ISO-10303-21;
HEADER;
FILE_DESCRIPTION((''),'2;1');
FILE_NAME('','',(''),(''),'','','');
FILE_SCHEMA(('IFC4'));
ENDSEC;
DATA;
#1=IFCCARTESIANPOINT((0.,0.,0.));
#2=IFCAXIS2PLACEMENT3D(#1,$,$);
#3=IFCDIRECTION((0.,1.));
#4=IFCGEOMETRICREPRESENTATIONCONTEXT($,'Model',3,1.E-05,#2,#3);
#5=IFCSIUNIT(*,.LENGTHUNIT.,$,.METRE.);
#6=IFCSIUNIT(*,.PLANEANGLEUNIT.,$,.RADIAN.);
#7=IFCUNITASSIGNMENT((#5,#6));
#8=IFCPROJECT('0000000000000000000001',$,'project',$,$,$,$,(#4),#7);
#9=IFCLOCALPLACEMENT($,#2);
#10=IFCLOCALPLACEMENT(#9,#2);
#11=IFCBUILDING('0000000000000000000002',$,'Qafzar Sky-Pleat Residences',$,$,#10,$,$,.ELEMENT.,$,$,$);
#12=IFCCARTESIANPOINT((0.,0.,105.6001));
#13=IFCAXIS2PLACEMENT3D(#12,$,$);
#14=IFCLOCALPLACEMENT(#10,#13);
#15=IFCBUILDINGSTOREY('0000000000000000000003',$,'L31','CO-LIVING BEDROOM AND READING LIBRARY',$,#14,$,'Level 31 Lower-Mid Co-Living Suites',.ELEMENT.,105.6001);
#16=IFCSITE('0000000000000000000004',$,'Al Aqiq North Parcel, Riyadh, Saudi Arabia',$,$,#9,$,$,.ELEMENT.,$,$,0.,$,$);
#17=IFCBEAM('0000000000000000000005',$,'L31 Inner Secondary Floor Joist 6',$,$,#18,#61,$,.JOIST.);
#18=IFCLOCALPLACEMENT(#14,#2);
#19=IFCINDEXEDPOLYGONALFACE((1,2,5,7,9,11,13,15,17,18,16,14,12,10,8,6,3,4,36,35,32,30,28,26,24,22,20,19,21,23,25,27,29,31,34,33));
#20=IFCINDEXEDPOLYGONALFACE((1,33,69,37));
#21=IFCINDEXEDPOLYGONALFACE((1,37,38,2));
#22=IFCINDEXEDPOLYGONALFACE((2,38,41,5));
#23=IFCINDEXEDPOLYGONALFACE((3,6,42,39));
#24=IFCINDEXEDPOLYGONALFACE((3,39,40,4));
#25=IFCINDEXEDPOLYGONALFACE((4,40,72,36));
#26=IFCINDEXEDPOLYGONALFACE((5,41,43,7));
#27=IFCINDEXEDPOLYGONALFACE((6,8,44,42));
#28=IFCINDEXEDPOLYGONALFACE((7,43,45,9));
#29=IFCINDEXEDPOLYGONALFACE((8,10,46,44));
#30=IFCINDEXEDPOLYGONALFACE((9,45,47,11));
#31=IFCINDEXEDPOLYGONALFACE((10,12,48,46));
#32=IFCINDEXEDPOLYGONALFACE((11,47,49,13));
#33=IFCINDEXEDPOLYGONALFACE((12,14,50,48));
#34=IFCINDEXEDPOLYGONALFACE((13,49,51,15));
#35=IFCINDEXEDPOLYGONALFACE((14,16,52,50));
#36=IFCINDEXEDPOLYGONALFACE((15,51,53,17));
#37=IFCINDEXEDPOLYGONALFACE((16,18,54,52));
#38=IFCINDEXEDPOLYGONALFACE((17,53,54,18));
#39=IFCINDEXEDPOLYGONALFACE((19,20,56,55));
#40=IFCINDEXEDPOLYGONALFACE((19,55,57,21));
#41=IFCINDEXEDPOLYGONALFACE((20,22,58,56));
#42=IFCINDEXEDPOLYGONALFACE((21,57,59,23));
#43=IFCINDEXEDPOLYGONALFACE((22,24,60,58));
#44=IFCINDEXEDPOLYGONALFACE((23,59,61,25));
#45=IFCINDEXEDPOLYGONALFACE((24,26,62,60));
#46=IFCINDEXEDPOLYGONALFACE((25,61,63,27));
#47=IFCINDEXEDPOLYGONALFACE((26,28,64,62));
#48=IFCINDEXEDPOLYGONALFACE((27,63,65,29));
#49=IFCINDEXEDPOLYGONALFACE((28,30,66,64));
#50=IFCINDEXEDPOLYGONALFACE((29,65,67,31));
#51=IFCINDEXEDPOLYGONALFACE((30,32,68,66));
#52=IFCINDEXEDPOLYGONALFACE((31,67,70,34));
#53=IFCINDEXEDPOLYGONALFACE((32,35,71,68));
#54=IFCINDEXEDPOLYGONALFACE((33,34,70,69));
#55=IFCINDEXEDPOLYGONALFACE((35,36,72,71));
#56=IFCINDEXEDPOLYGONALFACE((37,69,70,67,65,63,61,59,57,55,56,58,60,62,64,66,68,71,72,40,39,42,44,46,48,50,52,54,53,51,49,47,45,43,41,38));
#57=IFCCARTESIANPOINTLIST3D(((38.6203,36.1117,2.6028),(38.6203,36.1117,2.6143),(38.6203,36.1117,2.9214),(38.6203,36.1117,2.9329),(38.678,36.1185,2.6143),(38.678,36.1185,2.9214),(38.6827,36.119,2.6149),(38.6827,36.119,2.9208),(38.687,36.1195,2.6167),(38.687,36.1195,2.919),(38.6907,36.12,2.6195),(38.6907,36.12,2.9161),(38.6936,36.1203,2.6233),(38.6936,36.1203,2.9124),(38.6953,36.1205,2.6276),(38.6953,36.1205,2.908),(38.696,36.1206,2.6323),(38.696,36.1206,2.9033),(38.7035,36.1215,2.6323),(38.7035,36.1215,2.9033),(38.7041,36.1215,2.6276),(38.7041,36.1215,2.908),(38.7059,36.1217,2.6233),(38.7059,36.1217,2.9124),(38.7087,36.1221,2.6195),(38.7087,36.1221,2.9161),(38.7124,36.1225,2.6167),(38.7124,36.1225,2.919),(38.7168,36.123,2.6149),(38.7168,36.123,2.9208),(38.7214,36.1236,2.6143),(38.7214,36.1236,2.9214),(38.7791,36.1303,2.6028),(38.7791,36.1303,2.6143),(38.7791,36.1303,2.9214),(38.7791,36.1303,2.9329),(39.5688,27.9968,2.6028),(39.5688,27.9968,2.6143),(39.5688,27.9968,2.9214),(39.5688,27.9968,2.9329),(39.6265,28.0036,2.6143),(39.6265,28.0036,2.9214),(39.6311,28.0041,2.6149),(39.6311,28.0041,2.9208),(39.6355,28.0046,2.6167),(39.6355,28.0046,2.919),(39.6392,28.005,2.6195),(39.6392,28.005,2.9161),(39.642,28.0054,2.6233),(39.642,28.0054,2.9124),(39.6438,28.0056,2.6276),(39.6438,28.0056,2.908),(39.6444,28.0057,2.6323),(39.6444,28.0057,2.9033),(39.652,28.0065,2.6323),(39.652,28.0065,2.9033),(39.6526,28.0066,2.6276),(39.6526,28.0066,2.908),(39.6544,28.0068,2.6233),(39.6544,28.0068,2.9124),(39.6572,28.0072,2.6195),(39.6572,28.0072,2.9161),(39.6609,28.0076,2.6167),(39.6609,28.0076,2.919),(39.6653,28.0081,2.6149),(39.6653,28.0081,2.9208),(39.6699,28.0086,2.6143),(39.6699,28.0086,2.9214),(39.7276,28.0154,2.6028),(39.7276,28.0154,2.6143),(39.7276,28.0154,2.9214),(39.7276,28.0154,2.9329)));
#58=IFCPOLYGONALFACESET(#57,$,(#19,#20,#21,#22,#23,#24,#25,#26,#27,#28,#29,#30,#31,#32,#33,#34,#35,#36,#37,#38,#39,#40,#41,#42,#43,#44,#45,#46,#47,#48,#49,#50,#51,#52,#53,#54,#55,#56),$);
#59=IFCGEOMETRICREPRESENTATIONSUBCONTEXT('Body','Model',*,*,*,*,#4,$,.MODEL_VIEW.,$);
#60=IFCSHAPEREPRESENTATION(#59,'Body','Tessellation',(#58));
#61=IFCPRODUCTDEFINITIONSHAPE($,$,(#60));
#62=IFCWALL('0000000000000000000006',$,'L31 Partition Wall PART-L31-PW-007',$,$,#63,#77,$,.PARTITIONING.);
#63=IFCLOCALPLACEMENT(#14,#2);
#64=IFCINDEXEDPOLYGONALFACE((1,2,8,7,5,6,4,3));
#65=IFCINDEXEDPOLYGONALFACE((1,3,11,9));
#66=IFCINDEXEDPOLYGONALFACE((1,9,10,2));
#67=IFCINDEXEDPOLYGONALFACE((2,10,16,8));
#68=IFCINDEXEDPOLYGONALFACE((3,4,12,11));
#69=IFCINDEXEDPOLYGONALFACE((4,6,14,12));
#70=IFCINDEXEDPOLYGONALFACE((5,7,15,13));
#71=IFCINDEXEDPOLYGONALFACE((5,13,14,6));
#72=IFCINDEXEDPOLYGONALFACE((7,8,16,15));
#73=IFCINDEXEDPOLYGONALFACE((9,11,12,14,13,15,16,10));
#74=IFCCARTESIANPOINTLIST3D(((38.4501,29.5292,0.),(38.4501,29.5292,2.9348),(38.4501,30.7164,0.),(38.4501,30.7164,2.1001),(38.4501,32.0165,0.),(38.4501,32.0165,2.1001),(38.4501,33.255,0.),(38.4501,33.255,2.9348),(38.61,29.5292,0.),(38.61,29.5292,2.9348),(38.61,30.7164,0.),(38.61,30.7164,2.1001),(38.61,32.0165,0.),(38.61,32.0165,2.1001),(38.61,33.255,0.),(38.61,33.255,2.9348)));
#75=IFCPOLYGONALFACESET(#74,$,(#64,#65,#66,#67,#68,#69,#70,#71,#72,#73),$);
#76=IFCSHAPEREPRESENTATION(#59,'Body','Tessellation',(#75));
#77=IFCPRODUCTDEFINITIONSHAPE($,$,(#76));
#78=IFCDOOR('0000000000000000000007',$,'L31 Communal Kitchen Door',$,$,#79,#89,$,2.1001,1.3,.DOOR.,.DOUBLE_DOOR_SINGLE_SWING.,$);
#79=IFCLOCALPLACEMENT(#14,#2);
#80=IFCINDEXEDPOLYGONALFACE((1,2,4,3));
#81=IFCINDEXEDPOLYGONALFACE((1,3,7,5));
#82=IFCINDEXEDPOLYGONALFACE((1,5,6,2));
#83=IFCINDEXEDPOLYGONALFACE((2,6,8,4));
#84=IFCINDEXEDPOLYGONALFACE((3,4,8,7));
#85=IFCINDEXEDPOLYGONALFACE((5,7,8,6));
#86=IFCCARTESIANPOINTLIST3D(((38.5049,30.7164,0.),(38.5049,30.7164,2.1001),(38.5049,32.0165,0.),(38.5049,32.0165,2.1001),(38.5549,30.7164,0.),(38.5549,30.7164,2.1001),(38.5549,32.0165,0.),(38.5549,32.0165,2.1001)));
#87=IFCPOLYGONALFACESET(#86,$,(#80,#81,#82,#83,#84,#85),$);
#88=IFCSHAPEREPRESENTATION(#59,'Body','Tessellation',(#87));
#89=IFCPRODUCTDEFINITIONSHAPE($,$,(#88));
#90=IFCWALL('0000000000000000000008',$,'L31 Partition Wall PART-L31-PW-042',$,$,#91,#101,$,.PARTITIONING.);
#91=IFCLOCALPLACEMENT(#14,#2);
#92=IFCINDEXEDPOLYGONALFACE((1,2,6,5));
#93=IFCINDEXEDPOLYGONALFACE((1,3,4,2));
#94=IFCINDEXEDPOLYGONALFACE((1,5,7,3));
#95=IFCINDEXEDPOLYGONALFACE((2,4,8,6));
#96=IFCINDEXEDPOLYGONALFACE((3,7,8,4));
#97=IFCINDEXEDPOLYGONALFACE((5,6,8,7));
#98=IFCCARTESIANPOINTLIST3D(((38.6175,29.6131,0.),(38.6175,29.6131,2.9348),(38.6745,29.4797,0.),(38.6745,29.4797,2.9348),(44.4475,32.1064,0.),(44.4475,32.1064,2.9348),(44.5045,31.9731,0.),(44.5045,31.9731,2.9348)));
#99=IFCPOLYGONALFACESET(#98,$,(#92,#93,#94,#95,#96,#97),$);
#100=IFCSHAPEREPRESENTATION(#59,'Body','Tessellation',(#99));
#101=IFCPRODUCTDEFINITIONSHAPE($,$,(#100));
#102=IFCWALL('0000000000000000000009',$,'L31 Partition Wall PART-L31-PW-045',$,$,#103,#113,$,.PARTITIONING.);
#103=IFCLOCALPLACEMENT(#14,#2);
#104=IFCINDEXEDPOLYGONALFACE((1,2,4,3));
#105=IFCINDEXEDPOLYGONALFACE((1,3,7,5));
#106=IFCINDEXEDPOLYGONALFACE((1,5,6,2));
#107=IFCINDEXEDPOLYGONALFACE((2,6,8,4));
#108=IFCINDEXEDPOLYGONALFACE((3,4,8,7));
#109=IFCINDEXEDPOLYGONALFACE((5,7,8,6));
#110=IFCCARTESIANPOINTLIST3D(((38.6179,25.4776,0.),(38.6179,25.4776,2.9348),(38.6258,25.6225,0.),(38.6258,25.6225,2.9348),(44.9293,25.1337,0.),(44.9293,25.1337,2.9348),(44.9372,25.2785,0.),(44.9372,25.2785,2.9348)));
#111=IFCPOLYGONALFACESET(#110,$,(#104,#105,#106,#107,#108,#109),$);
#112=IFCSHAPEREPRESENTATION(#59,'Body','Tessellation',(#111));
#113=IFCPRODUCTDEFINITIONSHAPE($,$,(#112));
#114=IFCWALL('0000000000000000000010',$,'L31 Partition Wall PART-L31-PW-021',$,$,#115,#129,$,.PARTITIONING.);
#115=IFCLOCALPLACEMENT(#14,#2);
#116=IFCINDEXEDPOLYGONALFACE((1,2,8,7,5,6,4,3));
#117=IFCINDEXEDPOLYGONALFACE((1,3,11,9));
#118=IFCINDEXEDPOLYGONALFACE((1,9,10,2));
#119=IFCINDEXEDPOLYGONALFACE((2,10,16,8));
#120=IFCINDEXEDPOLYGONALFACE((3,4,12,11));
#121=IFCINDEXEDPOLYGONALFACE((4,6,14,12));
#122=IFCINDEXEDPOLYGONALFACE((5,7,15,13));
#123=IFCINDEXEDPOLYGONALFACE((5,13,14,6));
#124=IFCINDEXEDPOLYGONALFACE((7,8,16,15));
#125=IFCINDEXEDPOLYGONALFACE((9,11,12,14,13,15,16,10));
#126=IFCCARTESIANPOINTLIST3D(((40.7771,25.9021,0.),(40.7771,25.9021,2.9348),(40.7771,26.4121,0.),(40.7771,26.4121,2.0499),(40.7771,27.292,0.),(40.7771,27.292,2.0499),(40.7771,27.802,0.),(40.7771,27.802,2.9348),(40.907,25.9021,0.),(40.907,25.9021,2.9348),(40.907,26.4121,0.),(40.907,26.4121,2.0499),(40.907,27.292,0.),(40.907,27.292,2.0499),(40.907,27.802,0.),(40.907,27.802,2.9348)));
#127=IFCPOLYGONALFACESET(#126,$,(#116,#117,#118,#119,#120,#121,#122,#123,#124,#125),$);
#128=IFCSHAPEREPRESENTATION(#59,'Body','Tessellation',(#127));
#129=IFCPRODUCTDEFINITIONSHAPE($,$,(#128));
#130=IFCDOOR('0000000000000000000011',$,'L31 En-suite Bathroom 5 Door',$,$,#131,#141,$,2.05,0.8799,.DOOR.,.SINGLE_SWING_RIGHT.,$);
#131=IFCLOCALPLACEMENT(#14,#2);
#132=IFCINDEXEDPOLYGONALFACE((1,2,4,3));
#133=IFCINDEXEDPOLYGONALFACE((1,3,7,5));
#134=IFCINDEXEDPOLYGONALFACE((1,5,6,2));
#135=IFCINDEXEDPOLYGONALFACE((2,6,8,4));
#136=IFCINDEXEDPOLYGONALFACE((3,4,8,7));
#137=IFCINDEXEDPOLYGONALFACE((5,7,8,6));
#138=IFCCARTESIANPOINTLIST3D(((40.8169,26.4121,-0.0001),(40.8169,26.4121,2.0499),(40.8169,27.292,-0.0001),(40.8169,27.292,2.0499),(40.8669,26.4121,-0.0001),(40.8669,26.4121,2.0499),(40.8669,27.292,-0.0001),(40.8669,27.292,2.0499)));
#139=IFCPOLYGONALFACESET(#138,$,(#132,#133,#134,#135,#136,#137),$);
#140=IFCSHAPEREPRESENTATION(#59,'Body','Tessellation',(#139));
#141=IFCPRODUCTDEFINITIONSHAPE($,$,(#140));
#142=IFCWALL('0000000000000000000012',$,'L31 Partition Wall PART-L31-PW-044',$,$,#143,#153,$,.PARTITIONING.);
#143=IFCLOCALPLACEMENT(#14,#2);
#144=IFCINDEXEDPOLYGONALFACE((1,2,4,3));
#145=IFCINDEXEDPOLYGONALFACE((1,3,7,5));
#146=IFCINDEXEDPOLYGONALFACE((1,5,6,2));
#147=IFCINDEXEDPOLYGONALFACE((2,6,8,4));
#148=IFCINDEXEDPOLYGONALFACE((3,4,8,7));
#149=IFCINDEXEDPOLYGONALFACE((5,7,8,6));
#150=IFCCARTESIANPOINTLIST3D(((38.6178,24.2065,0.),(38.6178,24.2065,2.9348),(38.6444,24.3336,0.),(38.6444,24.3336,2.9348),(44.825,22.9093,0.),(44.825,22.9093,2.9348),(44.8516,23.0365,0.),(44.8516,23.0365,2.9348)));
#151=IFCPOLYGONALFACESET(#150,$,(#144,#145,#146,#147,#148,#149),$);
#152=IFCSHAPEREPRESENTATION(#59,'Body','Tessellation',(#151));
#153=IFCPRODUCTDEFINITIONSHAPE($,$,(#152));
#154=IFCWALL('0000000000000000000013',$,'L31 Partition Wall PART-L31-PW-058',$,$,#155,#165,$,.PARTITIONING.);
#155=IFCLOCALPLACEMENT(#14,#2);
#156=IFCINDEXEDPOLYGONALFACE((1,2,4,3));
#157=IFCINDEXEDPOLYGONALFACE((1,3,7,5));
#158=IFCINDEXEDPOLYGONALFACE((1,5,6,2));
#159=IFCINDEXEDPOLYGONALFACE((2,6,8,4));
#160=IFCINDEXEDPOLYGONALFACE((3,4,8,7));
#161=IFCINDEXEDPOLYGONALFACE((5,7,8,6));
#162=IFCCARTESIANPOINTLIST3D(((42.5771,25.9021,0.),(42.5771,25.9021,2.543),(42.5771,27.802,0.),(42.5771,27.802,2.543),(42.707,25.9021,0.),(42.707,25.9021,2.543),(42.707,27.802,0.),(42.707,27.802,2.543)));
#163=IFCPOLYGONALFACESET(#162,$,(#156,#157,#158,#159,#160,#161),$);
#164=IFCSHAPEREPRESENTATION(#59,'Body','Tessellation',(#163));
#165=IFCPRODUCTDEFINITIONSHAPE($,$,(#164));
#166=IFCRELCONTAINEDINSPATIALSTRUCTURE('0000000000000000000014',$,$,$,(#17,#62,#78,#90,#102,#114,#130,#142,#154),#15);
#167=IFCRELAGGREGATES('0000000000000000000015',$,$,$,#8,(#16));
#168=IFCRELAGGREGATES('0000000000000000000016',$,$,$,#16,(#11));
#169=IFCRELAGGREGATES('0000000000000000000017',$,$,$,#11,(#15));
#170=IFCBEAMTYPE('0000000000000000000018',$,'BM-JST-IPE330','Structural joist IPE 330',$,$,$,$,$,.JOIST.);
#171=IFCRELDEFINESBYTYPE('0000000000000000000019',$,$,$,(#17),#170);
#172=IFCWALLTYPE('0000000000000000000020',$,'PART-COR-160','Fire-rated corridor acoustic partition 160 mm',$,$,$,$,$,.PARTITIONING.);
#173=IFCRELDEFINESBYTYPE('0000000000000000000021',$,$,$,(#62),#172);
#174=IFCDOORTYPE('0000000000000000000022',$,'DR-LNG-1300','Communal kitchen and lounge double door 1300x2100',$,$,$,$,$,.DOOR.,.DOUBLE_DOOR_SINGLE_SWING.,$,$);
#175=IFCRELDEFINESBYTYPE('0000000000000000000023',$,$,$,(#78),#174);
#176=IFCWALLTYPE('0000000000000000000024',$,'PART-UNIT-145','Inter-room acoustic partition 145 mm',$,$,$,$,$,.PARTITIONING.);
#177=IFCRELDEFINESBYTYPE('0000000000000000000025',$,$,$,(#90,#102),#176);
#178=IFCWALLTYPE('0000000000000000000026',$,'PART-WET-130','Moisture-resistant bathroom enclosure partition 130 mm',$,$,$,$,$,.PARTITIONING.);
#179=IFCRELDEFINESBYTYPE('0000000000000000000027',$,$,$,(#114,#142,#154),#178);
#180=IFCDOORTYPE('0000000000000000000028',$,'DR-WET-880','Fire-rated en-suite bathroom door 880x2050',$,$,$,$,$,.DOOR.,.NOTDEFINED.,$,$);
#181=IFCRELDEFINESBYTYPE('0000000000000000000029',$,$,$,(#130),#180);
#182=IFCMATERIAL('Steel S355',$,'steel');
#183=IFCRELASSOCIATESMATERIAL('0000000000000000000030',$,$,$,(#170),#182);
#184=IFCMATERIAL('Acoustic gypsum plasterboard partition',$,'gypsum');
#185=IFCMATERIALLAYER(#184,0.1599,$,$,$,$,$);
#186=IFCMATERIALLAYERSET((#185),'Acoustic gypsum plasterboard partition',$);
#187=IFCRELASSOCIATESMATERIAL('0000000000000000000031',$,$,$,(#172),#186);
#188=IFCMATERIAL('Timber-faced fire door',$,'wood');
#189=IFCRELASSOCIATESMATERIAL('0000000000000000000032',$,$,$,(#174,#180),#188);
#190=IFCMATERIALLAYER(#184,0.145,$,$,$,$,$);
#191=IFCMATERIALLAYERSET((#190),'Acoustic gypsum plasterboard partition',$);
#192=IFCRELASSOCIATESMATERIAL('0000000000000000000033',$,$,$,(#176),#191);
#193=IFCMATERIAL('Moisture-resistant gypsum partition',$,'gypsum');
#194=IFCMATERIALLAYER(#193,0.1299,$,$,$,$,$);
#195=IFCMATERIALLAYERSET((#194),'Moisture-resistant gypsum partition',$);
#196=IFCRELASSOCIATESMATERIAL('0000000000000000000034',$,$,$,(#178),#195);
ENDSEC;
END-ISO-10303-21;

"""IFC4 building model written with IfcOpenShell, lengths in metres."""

from ifc_helpers import new_model, si_unit, direction, frame, frame_2d, origin, origin_2d, place, context, subcontext, project, spatial, rectangle, i_section, extrude, source, transform, mapped, material, layer, layer_set, material_profile, profile_set, type_object, element, fill, save


model = new_model("IFC4")

# Units and contexts
model_context = context("Model", 3, precision=1e-05, world=origin(), true_north=direction((0.0, 1.0)))
body_context = subcontext(model_context, "Body", "Model", "MODEL_VIEW")
ifc_project = project(units=[si_unit("LENGTHUNIT", "METRE"), si_unit("PLANEANGLEUNIT", "RADIAN")], contexts=[model_context])

# Site, building, storey
site_placement = place(None, origin())
site = spatial("IfcSite", under=ifc_project, at=site_placement, Name="Al Aqiq North Parcel, Riyadh, Saudi Arabia", CompositionType="ELEMENT", RefElevation=0.0)
building_placement = place(site_placement, origin())
building = spatial("IfcBuilding", under=site, at=building_placement, Name="Qafzar Sky-Pleat Residences", CompositionType="ELEMENT")
storey_placement = place(building_placement, frame((0.0, 0.0, 105.6001)))
storey = spatial("IfcBuildingStorey", under=building, at=storey_placement, Name="L31", Description="CO-LIVING BEDROOM AND READING LIBRARY", LongName="Level 31 Lower-Mid Co-Living Suites", CompositionType="ELEMENT", Elevation=105.6001)

# Beam
ifc_material_1 = material(Name="Steel S355", Category="steel")
ifc_material_profile_1 = material_profile(ifc_material_1, i_section(OverallWidth=0.1599, OverallDepth=0.3301, WebThickness=0.0076, FlangeThickness=0.0115, FilletRadius=0.0181, at=origin_2d()), Name="IPE 330")
ifc_profile_set_1 = profile_set([ifc_material_profile_1], Name="Steel S355")
beam_type_1 = type_object("IfcBeamType", Name="BM-JST-IPE330", Description="Structural joist IPE 330", PredefinedType="JOIST", material=ifc_profile_set_1)
shared_shape_1 = source(origin(), body_context, "Body", "SweptSolid", [
    extrude(i_section(OverallWidth=0.1599, OverallDepth=0.3301, WebThickness=0.0076, FlangeThickness=0.0115, FilletRadius=0.0181, at=origin_2d()), origin(), (0.0, 0.0, 1.0), 8.1702),
])
beam_1_placement = place(storey_placement, frame((39.6482, 28.0061, 2.7678), z_axis=(-0.11609, 0.993239, 0.0), x_axis=(-0.993239, -0.11609, 0.0)))
element("IfcBeam", 1, at=beam_1_placement, inside=storey, type_object=beam_type_1, Name="L31 Inner Secondary Floor Joist 6", PredefinedType="JOIST", context=body_context, shape_type="MappedRepresentation", body=[
    mapped(shared_shape_1, transform((0.0, 0.0, 0.0), x_axis=(1.0, 0.0, 0.0), y_axis=(0.0, 1.0, 0.0), z_axis=(0.0, 0.0, 1.0), scale=1.0)),
])

# Wall, opening, door
ifc_material_2 = material(Name="Acoustic gypsum plasterboard partition", Category="gypsum")
ifc_layer_1 = layer(ifc_material_2, 0.1599)
ifc_layer_set_1 = layer_set([ifc_layer_1], Name="Acoustic gypsum plasterboard partition")
wall_type_1 = type_object("IfcWallType", Name="PART-COR-160", Description="Fire-rated corridor acoustic partition 160 mm", PredefinedType="PARTITIONING", material=ifc_layer_set_1)
wall_1_placement = place(storey_placement, frame((38.53, 33.2549, 0.0), z_axis=(0.0, 0.0, 1.0), x_axis=(0.0, -1.0, 0.0)))
wall_1 = element("IfcWall", 2, at=wall_1_placement, inside=storey, type_object=wall_type_1, Name="L31 Partition Wall PART-L31-PW-007", PredefinedType="PARTITIONING", context=body_context, shape_type="SweptSolid", body=[
    extrude(rectangle(XDim=3.7258, YDim=0.1599, at=frame_2d((1.8628, 0.0))), origin(), (0.0, 0.0, 1.0), 2.9348),
])
opening_1_placement = place(wall_1_placement, frame((1.2385, 0.0, 0.0)))
opening_1 = element("IfcOpeningElement", 3, at=opening_1_placement, cuts=wall_1, PredefinedType="OPENING", context=body_context, shape_type="SweptSolid", body=[
    extrude(rectangle(XDim=1.3, YDim=2.1001, at=frame_2d((0.6499, 1.05))), frame((0.0, 0.0898, 0.0), z_axis=(0.0, -1.0, 0.0), x_axis=(1.0, 0.0, 0.0)), (0.0, 0.0, 1.0), 0.1799),
])
ifc_material_3 = material(Name="Timber-faced fire door", Category="wood")
door_type_1 = type_object("IfcDoorType", Name="DR-LNG-1300", Description="Communal kitchen and lounge double door 1300x2100", OperationType="DOUBLE_DOOR_SINGLE_SWING", PredefinedType="DOOR", material=ifc_material_3)
shared_shape_2 = source(origin(), body_context, "Body", "SweptSolid", [
    extrude(rectangle(XDim=1.3, YDim=2.1001, at=frame_2d((0.6499, 1.05))), frame((0.0, 0.0249, 0.0), z_axis=(0.0, -1.0, 0.0), x_axis=(1.0, 0.0, 0.0)), (0.0, 0.0, 1.0), 0.05),
])
door_1_placement = place(opening_1_placement, origin())
door_1 = element("IfcDoor", 4, at=door_1_placement, inside=storey, type_object=door_type_1, Name="L31 Communal Kitchen Door", OperationType="DOUBLE_DOOR_SINGLE_SWING", OverallHeight=2.1001, OverallWidth=1.3, PredefinedType="DOOR", context=body_context, shape_type="MappedRepresentation", body=[
    mapped(shared_shape_2, transform((0.0, 0.0, 0.0), x_axis=(1.0, 0.0, 0.0), y_axis=(0.0, 1.0, 0.0), z_axis=(0.0, 0.0, 1.0), scale=1.0)),
])
fill(opening_1, door_1)

# Walls
ifc_layer_2 = layer(ifc_material_2, 0.145)
ifc_layer_set_2 = layer_set([ifc_layer_2], Name="Acoustic gypsum plasterboard partition")
wall_type_2 = type_object("IfcWallType", Name="PART-UNIT-145", Description="Inter-room acoustic partition 145 mm", PredefinedType="PARTITIONING", material=ifc_layer_set_2)
wall_2_placement = place(storey_placement, frame((38.646, 29.5464, 0.0), z_axis=(0.0, 0.0, 1.0), x_axis=(0.919442, 0.393227, 0.0)))
element("IfcWall", 5, at=wall_2_placement, inside=storey, type_object=wall_type_2, Name="L31 Partition Wall PART-L31-PW-042", PredefinedType="PARTITIONING", context=body_context, shape_type="SweptSolid", body=[
    extrude(rectangle(XDim=6.3408, YDim=0.145, at=frame_2d((3.1704, 0.0))), origin(), (0.0, 0.0, 1.0), 2.9348),
])
wall_3_placement = place(storey_placement, frame((38.6218, 25.55, 0.0), z_axis=(0.0, 0.0, 1.0), x_axis=(0.998518, -0.054422, 0.0)))
element("IfcWall", 6, at=wall_3_placement, inside=storey, type_object=wall_type_2, Name="L31 Partition Wall PART-L31-PW-045", PredefinedType="PARTITIONING", context=body_context, shape_type="SweptSolid", body=[
    extrude(rectangle(XDim=6.3208, YDim=0.145, at=frame_2d((3.1604, 0.0))), origin(), (0.0, 0.0, 1.0), 2.9348),
])

# Wall, opening, door
ifc_material_4 = material(Name="Moisture-resistant gypsum partition", Category="gypsum")
ifc_layer_3 = layer(ifc_material_4, 0.1299)
ifc_layer_set_3 = layer_set([ifc_layer_3], Name="Moisture-resistant gypsum partition")
wall_type_3 = type_object("IfcWallType", Name="PART-WET-130", Description="Moisture-resistant bathroom enclosure partition 130 mm", PredefinedType="PARTITIONING", material=ifc_layer_set_3)
wall_4_placement = place(storey_placement, frame((40.842, 27.802, 0.0), z_axis=(0.0, 0.0, 1.0), x_axis=(0.0, -1.0, 0.0)))
wall_4 = element("IfcWall", 7, at=wall_4_placement, inside=storey, type_object=wall_type_3, Name="L31 Partition Wall PART-L31-PW-021", PredefinedType="PARTITIONING", context=body_context, shape_type="SweptSolid", body=[
    extrude(rectangle(XDim=1.8999, YDim=0.1299, at=frame_2d((0.95, 0.0))), origin(), (0.0, 0.0, 1.0), 2.9348),
])
opening_2_placement = place(wall_4_placement, frame((0.51, 0.0, 0.0)))
opening_2 = element("IfcOpeningElement", 8, at=opening_2_placement, cuts=wall_4, PredefinedType="OPENING", context=body_context, shape_type="SweptSolid", body=[
    extrude(rectangle(XDim=0.8799, YDim=2.05, at=frame_2d((0.4399, 1.0249))), frame((0.0, 0.075, 0.0), z_axis=(0.0, -1.0, 0.0), x_axis=(1.0, 0.0, 0.0)), (0.0, 0.0, 1.0), 0.1499),
])
door_type_2 = type_object("IfcDoorType", Name="DR-WET-880", Description="Fire-rated en-suite bathroom door 880x2050", OperationType="NOTDEFINED", PredefinedType="DOOR", material=ifc_material_3)
shared_shape_3 = source(origin(), body_context, "Body", "SweptSolid", [
    extrude(rectangle(XDim=0.8799, YDim=2.05, at=frame_2d((0.4399, 1.0249))), frame((0.0, 0.0249, 0.0), z_axis=(0.0, -1.0, 0.0), x_axis=(1.0, 0.0, 0.0)), (0.0, 0.0, 1.0), 0.05),
])
door_2_placement = place(opening_2_placement, origin())
door_2 = element("IfcDoor", 9, at=door_2_placement, inside=storey, type_object=door_type_2, Name="L31 En-suite Bathroom 5 Door", OperationType="SINGLE_SWING_RIGHT", OverallHeight=2.05, OverallWidth=0.8799, PredefinedType="DOOR", context=body_context, shape_type="MappedRepresentation", body=[
    mapped(shared_shape_3, transform((0.0, 0.0, 0.0), x_axis=(1.0, 0.0, 0.0), y_axis=(0.0, 1.0, 0.0), z_axis=(0.0, 0.0, 1.0), scale=1.0)),
])
fill(opening_2, door_2)

# Walls
wall_5_placement = place(storey_placement, frame((38.6311, 24.27, 0.0), z_axis=(0.0, 0.0, 1.0), x_axis=(0.978856, -0.204549, 0.0)))
element("IfcWall", 10, at=wall_5_placement, inside=storey, type_object=wall_type_3, Name="L31 Partition Wall PART-L31-PW-044", PredefinedType="PARTITIONING", context=body_context, shape_type="SweptSolid", body=[
    extrude(rectangle(XDim=6.3413, YDim=0.1299, at=frame_2d((3.1707, 0.0))), origin(), (0.0, 0.0, 1.0), 2.9348),
])
wall_6_placement = place(storey_placement, frame((42.6421, 25.9021, 0.0), z_axis=(0.0, 0.0, 1.0), x_axis=(0.0, 1.0, 0.0)))
element("IfcWall", 11, at=wall_6_placement, inside=storey, type_object=wall_type_3, Name="L31 Partition Wall PART-L31-PW-058", PredefinedType="PARTITIONING", context=body_context, shape_type="SweptSolid", body=[
    extrude(rectangle(XDim=1.8999, YDim=0.1299, at=frame_2d((0.95, 0.0))), origin(), (0.0, 0.0, 1.0), 2.543),
])

save(model, "model.ifc")
